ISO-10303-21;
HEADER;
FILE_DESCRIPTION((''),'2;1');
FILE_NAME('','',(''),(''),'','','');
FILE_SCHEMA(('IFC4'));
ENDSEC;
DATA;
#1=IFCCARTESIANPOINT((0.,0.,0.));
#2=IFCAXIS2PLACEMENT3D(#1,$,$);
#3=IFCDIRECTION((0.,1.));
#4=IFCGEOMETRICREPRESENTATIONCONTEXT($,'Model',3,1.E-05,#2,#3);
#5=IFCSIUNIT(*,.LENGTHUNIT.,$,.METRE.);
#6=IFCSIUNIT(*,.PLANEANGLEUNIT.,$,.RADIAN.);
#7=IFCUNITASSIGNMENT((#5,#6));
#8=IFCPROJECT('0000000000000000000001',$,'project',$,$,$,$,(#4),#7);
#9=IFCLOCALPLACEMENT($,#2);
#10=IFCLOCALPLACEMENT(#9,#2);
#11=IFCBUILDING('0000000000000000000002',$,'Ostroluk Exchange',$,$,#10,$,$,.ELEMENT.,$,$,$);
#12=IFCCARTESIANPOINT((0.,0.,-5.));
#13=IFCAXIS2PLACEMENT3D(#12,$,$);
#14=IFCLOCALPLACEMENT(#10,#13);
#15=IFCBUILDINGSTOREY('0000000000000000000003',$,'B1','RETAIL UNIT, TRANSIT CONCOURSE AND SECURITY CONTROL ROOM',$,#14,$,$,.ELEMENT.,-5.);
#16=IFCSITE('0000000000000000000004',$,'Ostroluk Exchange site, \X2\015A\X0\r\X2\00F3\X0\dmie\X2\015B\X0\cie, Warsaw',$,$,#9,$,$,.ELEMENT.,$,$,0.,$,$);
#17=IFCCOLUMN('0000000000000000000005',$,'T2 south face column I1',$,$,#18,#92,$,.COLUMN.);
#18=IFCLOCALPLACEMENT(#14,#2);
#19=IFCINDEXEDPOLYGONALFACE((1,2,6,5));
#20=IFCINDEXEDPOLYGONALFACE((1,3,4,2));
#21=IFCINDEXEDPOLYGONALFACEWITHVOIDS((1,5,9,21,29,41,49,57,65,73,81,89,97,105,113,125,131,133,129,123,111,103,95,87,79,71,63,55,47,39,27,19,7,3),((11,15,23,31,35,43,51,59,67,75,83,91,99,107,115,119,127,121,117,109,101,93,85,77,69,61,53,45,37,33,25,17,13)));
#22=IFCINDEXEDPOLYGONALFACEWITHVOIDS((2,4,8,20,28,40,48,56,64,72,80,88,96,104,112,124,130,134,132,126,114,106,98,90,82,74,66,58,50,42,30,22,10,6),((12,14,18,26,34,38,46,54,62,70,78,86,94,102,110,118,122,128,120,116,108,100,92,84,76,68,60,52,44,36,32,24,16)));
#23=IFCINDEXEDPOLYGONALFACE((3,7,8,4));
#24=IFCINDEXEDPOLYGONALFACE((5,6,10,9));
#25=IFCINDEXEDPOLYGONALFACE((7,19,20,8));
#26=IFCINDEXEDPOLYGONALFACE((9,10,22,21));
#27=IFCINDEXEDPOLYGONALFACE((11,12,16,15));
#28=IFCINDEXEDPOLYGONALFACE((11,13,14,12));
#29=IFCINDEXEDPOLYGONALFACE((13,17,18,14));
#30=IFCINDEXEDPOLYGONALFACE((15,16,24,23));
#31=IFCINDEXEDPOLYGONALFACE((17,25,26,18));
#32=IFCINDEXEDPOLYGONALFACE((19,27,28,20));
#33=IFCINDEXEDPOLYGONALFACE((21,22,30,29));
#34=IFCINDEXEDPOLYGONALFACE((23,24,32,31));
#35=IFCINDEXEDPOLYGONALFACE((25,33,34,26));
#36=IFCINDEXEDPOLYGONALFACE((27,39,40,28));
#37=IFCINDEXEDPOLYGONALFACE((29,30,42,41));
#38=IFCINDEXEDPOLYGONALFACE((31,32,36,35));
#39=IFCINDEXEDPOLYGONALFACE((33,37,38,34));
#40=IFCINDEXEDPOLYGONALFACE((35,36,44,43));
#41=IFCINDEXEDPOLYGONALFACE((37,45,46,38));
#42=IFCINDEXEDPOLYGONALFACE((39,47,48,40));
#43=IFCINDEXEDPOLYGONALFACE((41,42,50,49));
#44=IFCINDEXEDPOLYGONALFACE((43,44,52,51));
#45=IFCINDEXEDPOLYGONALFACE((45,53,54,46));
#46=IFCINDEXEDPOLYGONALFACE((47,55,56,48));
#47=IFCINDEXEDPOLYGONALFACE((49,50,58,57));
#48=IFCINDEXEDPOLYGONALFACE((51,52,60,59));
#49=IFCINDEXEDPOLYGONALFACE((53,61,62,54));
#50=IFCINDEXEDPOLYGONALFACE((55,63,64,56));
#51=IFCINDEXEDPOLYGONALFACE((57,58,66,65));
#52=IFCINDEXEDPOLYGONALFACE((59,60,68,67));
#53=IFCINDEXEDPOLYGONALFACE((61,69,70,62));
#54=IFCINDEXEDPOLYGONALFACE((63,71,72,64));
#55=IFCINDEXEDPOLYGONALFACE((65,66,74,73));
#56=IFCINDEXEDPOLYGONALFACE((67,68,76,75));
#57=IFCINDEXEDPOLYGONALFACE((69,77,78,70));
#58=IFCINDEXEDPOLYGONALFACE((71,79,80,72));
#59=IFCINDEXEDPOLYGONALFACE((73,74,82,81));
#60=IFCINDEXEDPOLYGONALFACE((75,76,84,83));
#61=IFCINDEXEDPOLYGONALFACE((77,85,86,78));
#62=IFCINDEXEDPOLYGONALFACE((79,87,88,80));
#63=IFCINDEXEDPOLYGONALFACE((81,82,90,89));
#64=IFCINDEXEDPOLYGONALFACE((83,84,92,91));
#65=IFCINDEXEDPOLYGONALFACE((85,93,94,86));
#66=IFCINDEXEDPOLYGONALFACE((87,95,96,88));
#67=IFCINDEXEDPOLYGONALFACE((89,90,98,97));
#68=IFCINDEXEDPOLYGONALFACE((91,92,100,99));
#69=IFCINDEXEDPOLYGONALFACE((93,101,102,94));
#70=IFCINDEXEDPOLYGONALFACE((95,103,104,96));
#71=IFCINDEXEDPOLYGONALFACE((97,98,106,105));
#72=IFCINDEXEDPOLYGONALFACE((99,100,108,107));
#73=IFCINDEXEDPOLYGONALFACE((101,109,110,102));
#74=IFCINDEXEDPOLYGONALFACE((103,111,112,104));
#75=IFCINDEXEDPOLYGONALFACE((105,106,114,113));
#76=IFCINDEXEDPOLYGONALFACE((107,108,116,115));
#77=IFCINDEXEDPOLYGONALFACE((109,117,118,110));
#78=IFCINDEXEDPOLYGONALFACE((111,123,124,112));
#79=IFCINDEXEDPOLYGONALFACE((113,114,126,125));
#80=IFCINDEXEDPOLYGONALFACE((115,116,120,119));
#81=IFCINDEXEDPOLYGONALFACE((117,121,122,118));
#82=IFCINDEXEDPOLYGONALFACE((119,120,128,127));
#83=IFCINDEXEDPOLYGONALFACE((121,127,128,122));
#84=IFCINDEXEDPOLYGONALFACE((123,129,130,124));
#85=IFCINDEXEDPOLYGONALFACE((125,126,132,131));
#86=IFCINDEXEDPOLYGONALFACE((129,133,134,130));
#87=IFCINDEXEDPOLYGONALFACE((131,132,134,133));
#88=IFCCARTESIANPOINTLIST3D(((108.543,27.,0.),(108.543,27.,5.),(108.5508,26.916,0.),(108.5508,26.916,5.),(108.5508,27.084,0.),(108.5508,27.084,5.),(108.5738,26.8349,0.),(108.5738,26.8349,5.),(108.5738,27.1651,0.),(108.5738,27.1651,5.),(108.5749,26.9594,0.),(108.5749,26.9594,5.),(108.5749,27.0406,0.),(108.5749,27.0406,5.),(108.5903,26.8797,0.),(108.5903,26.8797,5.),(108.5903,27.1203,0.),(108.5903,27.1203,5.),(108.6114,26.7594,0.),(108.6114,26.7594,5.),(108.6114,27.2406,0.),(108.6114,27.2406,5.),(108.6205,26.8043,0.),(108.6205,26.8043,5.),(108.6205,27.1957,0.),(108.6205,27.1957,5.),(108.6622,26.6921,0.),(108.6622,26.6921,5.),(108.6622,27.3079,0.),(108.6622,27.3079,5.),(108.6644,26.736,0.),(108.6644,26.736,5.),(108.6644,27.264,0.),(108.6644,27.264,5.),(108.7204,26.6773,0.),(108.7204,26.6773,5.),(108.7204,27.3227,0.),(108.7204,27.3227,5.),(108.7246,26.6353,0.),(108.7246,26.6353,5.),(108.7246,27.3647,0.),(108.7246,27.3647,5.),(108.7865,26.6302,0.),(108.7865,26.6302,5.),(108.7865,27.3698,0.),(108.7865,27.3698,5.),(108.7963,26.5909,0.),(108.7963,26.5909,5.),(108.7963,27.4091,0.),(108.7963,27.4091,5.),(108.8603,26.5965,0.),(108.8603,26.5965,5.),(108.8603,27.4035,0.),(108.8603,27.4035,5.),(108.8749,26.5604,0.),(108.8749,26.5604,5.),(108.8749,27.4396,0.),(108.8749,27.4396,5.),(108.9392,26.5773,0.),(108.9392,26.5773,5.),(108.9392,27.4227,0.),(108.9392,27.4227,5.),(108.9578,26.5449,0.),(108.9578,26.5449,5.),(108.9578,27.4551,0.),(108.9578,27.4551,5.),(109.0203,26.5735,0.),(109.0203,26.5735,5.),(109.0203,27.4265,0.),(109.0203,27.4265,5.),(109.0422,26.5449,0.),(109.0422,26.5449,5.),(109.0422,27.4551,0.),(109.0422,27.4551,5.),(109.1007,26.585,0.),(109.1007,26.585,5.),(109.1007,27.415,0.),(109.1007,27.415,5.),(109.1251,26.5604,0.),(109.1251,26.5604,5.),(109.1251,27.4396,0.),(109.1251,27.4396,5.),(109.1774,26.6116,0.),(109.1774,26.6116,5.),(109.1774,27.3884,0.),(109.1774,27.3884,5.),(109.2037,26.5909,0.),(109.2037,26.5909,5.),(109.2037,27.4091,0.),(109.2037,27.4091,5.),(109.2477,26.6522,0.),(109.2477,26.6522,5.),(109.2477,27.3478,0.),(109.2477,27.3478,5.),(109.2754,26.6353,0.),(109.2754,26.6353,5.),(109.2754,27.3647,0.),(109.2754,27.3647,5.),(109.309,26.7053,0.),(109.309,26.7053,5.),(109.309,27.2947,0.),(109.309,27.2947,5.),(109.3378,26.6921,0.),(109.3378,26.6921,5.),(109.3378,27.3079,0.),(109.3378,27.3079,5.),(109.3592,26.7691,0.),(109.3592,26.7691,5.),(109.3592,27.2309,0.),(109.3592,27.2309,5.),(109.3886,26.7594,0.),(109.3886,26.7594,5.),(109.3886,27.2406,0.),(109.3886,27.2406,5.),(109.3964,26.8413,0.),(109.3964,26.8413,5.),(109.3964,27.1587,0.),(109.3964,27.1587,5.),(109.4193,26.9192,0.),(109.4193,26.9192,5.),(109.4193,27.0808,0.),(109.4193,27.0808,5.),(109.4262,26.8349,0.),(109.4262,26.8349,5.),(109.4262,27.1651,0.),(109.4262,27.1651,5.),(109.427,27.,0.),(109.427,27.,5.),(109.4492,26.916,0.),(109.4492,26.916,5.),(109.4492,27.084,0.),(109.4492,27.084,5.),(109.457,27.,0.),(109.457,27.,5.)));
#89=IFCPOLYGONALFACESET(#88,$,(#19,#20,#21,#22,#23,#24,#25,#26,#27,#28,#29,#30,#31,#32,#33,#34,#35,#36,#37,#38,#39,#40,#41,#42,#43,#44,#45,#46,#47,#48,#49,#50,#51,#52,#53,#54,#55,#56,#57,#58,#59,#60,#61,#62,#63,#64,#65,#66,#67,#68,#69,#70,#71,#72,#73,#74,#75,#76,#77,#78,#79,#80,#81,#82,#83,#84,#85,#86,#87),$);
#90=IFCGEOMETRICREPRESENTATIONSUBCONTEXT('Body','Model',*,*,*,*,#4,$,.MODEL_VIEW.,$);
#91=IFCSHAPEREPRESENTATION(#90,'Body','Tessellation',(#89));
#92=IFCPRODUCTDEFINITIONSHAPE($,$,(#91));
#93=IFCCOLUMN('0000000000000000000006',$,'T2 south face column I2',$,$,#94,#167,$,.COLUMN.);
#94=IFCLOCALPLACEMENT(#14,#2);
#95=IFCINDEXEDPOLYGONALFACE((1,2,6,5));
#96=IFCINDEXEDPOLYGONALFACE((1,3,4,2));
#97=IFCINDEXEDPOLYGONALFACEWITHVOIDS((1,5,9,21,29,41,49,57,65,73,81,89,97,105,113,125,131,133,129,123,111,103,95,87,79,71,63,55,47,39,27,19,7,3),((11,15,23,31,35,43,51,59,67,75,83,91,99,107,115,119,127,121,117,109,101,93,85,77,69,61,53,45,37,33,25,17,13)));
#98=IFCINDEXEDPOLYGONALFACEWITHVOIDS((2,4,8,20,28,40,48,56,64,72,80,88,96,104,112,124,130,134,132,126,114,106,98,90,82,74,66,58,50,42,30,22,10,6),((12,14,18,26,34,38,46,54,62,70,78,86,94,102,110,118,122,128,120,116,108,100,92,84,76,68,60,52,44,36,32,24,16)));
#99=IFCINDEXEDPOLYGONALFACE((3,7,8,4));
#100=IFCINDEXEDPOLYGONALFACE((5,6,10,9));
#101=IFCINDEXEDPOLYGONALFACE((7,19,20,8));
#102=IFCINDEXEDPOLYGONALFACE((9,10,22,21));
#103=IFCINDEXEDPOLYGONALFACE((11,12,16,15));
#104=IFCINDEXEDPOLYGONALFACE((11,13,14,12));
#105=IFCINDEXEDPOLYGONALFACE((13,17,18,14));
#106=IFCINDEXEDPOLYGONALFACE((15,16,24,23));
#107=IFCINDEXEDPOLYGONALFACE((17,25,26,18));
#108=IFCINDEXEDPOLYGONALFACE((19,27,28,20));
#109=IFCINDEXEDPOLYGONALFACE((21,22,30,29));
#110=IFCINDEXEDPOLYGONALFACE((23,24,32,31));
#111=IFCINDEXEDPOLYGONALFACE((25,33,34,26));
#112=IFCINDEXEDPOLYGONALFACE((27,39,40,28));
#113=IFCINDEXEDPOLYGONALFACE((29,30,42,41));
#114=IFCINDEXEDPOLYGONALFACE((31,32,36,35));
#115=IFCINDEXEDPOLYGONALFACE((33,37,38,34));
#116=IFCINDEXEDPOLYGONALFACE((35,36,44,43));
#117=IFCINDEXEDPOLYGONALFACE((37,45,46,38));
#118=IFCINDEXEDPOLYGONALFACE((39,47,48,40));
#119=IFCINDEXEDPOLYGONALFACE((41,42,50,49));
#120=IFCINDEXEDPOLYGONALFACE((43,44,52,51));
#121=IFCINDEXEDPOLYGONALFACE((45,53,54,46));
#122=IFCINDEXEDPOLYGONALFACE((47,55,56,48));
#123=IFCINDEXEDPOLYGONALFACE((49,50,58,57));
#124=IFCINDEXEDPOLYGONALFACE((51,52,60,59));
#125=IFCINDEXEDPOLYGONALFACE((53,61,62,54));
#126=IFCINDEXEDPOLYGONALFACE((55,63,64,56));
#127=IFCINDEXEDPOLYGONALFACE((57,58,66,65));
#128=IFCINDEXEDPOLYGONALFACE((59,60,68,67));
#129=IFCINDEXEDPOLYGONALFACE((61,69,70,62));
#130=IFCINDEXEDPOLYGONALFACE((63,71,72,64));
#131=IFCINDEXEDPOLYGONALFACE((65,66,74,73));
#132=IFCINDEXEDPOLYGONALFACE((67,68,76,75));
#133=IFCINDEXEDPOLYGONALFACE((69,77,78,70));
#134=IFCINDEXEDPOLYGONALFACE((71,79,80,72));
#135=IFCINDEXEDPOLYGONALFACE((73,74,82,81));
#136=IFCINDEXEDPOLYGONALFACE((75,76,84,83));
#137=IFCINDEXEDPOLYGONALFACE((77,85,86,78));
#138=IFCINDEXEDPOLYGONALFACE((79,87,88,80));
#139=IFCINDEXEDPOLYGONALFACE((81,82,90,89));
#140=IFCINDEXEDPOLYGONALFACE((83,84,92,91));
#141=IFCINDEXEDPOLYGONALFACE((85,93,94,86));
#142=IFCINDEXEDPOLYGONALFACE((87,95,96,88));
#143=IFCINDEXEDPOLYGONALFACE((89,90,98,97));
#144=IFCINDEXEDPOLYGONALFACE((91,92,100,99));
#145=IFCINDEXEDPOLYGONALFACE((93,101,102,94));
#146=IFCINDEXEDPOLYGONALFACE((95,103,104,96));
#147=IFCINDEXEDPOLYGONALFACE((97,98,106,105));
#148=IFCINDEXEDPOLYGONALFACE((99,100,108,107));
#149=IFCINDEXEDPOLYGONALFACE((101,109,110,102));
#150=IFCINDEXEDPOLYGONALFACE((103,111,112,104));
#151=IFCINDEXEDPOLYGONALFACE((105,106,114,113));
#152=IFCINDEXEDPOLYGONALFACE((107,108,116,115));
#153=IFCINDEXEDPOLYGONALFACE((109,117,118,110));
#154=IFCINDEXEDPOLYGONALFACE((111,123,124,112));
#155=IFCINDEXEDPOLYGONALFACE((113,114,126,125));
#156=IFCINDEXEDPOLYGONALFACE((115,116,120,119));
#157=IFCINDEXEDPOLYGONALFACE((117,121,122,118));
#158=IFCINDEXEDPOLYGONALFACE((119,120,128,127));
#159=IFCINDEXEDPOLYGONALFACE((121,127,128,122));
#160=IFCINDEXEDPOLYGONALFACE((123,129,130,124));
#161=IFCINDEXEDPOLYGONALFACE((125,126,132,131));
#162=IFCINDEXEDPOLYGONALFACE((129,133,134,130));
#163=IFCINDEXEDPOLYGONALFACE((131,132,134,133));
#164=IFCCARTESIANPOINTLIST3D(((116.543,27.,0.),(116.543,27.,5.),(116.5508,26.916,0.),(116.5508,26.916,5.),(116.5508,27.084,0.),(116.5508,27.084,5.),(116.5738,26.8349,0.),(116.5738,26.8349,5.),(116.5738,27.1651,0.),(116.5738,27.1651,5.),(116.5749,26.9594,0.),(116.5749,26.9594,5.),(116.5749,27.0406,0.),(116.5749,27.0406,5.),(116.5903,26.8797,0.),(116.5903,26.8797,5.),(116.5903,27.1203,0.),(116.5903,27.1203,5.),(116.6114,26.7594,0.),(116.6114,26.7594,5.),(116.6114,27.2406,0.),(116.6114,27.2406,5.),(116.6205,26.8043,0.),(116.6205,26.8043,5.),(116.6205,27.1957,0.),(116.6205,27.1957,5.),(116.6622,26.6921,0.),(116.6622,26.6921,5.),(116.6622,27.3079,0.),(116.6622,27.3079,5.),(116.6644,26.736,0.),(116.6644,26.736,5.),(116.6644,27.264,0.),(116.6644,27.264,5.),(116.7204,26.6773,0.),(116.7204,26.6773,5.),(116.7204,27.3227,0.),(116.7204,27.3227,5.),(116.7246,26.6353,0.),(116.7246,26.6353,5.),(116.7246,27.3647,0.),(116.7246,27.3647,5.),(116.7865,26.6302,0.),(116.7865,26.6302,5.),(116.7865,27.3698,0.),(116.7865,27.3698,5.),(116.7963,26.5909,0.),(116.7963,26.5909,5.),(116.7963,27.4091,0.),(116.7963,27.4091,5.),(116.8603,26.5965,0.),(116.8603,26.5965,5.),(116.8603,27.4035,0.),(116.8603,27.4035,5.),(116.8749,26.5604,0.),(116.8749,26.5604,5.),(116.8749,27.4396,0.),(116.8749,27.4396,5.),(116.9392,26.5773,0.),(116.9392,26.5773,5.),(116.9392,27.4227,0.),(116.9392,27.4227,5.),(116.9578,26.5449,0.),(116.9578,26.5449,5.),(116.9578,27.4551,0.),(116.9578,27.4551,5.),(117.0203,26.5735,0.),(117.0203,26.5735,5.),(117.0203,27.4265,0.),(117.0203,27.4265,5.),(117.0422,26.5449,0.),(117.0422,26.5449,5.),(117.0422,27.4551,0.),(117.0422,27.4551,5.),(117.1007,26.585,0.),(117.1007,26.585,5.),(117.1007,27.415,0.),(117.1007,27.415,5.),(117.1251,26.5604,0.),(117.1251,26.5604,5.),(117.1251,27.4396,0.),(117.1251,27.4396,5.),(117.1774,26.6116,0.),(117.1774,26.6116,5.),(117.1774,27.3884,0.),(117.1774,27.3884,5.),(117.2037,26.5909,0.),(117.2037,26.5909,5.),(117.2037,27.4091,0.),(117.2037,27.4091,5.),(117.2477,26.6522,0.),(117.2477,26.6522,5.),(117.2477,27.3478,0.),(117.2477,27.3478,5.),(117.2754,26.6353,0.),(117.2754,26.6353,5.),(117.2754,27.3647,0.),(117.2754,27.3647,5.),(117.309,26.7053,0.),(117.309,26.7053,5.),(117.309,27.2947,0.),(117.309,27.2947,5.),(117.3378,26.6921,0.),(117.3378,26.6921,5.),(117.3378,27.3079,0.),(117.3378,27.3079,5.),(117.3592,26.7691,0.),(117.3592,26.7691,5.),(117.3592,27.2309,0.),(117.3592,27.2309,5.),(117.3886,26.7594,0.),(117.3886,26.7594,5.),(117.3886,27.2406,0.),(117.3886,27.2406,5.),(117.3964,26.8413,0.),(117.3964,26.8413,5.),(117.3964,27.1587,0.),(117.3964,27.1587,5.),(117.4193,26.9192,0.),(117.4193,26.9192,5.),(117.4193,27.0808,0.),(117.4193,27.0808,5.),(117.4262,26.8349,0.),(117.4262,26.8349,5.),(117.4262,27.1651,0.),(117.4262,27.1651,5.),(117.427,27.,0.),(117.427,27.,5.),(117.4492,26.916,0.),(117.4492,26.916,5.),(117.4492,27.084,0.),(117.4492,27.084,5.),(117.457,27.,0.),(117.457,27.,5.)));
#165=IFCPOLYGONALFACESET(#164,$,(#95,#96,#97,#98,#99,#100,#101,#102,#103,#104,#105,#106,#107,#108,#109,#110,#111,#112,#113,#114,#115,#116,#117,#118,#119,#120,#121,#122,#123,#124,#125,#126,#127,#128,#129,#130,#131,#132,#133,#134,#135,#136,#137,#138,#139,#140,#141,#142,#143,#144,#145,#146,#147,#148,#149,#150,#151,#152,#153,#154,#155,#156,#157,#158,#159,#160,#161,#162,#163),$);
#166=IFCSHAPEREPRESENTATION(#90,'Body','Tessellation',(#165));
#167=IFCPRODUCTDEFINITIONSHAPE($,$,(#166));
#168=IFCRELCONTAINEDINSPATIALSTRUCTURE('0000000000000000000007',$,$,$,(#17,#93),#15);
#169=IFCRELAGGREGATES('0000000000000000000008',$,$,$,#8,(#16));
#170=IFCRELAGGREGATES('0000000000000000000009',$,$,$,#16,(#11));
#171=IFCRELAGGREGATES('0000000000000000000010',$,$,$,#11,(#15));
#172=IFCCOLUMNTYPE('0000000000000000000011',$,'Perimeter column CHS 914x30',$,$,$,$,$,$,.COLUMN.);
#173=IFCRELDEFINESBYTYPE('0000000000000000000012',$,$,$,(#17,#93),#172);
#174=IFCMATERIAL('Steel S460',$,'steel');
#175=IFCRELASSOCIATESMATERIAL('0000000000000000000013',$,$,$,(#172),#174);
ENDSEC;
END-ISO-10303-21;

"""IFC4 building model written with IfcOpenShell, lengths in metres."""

from ifc_helpers import new_model, si_unit, direction, frame, origin, origin_2d, place, context, subcontext, project, spatial, hollow_circle, extrude, material, material_profile, profile_set, type_object, element, save


model = new_model("IFC4")

# Units and contexts
model_context = context("Model", 3, precision=1e-05, world=origin(), true_north=direction((0.0, 1.0)))
body_context = subcontext(model_context, "Body", "Model", "MODEL_VIEW")
ifc_project = project(units=[si_unit("LENGTHUNIT", "METRE"), si_unit("PLANEANGLEUNIT", "RADIAN")], contexts=[model_context])

# Site, building, storey
site_placement = place(None, origin())
site = spatial("IfcSite", under=ifc_project, at=site_placement, Name="Ostroluk Exchange site, Śródmieście, Warsaw", CompositionType="ELEMENT", RefElevation=0.0)
building_placement = place(site_placement, origin())
building = spatial("IfcBuilding", under=site, at=building_placement, Name="Ostroluk Exchange", CompositionType="ELEMENT")
storey_placement = place(building_placement, frame((0.0, 0.0, -5.0)))
storey = spatial("IfcBuildingStorey", under=building, at=storey_placement, Name="B1", Description="RETAIL UNIT, TRANSIT CONCOURSE AND SECURITY CONTROL ROOM", CompositionType="ELEMENT", Elevation=-5.0)

# Columns
ifc_material_1 = material(Name="Steel S460", Category="steel")
ifc_material_profile_1 = material_profile(ifc_material_1, hollow_circle(Radius=0.457, WallThickness=0.03, at=origin_2d()), Name="CHS 914x30")
ifc_profile_set_1 = profile_set([ifc_material_profile_1], Name="Steel S460")
column_type_1 = type_object("IfcColumnType", Name="Perimeter column CHS 914x30", PredefinedType="COLUMN", material=ifc_profile_set_1)
for number, where, z_axis, x_axis, name in (
    (1, (109.0, 27.0, 0.0), (0.0, 0.0, 1.0), (1.0, 0.0, 0.0), "T2 south face column I1"),
    (2, (117.0, 27.0, 0.0), (0.0, 0.0, 1.0), (1.0, 0.0, 0.0), "T2 south face column I2"),
):
    element("IfcColumn", number, at=place(storey_placement, frame(where, z_axis=z_axis, x_axis=x_axis)), inside=storey, type_object=column_type_1, Name=name, PredefinedType="COLUMN", context=body_context, shape_type="SweptSolid", body=[
        extrude(hollow_circle(Radius=0.457, WallThickness=0.03, at=origin_2d()), origin(), (0.0, 0.0, 1.0), 5.0),
    ])

save(model, "model.ifc")
